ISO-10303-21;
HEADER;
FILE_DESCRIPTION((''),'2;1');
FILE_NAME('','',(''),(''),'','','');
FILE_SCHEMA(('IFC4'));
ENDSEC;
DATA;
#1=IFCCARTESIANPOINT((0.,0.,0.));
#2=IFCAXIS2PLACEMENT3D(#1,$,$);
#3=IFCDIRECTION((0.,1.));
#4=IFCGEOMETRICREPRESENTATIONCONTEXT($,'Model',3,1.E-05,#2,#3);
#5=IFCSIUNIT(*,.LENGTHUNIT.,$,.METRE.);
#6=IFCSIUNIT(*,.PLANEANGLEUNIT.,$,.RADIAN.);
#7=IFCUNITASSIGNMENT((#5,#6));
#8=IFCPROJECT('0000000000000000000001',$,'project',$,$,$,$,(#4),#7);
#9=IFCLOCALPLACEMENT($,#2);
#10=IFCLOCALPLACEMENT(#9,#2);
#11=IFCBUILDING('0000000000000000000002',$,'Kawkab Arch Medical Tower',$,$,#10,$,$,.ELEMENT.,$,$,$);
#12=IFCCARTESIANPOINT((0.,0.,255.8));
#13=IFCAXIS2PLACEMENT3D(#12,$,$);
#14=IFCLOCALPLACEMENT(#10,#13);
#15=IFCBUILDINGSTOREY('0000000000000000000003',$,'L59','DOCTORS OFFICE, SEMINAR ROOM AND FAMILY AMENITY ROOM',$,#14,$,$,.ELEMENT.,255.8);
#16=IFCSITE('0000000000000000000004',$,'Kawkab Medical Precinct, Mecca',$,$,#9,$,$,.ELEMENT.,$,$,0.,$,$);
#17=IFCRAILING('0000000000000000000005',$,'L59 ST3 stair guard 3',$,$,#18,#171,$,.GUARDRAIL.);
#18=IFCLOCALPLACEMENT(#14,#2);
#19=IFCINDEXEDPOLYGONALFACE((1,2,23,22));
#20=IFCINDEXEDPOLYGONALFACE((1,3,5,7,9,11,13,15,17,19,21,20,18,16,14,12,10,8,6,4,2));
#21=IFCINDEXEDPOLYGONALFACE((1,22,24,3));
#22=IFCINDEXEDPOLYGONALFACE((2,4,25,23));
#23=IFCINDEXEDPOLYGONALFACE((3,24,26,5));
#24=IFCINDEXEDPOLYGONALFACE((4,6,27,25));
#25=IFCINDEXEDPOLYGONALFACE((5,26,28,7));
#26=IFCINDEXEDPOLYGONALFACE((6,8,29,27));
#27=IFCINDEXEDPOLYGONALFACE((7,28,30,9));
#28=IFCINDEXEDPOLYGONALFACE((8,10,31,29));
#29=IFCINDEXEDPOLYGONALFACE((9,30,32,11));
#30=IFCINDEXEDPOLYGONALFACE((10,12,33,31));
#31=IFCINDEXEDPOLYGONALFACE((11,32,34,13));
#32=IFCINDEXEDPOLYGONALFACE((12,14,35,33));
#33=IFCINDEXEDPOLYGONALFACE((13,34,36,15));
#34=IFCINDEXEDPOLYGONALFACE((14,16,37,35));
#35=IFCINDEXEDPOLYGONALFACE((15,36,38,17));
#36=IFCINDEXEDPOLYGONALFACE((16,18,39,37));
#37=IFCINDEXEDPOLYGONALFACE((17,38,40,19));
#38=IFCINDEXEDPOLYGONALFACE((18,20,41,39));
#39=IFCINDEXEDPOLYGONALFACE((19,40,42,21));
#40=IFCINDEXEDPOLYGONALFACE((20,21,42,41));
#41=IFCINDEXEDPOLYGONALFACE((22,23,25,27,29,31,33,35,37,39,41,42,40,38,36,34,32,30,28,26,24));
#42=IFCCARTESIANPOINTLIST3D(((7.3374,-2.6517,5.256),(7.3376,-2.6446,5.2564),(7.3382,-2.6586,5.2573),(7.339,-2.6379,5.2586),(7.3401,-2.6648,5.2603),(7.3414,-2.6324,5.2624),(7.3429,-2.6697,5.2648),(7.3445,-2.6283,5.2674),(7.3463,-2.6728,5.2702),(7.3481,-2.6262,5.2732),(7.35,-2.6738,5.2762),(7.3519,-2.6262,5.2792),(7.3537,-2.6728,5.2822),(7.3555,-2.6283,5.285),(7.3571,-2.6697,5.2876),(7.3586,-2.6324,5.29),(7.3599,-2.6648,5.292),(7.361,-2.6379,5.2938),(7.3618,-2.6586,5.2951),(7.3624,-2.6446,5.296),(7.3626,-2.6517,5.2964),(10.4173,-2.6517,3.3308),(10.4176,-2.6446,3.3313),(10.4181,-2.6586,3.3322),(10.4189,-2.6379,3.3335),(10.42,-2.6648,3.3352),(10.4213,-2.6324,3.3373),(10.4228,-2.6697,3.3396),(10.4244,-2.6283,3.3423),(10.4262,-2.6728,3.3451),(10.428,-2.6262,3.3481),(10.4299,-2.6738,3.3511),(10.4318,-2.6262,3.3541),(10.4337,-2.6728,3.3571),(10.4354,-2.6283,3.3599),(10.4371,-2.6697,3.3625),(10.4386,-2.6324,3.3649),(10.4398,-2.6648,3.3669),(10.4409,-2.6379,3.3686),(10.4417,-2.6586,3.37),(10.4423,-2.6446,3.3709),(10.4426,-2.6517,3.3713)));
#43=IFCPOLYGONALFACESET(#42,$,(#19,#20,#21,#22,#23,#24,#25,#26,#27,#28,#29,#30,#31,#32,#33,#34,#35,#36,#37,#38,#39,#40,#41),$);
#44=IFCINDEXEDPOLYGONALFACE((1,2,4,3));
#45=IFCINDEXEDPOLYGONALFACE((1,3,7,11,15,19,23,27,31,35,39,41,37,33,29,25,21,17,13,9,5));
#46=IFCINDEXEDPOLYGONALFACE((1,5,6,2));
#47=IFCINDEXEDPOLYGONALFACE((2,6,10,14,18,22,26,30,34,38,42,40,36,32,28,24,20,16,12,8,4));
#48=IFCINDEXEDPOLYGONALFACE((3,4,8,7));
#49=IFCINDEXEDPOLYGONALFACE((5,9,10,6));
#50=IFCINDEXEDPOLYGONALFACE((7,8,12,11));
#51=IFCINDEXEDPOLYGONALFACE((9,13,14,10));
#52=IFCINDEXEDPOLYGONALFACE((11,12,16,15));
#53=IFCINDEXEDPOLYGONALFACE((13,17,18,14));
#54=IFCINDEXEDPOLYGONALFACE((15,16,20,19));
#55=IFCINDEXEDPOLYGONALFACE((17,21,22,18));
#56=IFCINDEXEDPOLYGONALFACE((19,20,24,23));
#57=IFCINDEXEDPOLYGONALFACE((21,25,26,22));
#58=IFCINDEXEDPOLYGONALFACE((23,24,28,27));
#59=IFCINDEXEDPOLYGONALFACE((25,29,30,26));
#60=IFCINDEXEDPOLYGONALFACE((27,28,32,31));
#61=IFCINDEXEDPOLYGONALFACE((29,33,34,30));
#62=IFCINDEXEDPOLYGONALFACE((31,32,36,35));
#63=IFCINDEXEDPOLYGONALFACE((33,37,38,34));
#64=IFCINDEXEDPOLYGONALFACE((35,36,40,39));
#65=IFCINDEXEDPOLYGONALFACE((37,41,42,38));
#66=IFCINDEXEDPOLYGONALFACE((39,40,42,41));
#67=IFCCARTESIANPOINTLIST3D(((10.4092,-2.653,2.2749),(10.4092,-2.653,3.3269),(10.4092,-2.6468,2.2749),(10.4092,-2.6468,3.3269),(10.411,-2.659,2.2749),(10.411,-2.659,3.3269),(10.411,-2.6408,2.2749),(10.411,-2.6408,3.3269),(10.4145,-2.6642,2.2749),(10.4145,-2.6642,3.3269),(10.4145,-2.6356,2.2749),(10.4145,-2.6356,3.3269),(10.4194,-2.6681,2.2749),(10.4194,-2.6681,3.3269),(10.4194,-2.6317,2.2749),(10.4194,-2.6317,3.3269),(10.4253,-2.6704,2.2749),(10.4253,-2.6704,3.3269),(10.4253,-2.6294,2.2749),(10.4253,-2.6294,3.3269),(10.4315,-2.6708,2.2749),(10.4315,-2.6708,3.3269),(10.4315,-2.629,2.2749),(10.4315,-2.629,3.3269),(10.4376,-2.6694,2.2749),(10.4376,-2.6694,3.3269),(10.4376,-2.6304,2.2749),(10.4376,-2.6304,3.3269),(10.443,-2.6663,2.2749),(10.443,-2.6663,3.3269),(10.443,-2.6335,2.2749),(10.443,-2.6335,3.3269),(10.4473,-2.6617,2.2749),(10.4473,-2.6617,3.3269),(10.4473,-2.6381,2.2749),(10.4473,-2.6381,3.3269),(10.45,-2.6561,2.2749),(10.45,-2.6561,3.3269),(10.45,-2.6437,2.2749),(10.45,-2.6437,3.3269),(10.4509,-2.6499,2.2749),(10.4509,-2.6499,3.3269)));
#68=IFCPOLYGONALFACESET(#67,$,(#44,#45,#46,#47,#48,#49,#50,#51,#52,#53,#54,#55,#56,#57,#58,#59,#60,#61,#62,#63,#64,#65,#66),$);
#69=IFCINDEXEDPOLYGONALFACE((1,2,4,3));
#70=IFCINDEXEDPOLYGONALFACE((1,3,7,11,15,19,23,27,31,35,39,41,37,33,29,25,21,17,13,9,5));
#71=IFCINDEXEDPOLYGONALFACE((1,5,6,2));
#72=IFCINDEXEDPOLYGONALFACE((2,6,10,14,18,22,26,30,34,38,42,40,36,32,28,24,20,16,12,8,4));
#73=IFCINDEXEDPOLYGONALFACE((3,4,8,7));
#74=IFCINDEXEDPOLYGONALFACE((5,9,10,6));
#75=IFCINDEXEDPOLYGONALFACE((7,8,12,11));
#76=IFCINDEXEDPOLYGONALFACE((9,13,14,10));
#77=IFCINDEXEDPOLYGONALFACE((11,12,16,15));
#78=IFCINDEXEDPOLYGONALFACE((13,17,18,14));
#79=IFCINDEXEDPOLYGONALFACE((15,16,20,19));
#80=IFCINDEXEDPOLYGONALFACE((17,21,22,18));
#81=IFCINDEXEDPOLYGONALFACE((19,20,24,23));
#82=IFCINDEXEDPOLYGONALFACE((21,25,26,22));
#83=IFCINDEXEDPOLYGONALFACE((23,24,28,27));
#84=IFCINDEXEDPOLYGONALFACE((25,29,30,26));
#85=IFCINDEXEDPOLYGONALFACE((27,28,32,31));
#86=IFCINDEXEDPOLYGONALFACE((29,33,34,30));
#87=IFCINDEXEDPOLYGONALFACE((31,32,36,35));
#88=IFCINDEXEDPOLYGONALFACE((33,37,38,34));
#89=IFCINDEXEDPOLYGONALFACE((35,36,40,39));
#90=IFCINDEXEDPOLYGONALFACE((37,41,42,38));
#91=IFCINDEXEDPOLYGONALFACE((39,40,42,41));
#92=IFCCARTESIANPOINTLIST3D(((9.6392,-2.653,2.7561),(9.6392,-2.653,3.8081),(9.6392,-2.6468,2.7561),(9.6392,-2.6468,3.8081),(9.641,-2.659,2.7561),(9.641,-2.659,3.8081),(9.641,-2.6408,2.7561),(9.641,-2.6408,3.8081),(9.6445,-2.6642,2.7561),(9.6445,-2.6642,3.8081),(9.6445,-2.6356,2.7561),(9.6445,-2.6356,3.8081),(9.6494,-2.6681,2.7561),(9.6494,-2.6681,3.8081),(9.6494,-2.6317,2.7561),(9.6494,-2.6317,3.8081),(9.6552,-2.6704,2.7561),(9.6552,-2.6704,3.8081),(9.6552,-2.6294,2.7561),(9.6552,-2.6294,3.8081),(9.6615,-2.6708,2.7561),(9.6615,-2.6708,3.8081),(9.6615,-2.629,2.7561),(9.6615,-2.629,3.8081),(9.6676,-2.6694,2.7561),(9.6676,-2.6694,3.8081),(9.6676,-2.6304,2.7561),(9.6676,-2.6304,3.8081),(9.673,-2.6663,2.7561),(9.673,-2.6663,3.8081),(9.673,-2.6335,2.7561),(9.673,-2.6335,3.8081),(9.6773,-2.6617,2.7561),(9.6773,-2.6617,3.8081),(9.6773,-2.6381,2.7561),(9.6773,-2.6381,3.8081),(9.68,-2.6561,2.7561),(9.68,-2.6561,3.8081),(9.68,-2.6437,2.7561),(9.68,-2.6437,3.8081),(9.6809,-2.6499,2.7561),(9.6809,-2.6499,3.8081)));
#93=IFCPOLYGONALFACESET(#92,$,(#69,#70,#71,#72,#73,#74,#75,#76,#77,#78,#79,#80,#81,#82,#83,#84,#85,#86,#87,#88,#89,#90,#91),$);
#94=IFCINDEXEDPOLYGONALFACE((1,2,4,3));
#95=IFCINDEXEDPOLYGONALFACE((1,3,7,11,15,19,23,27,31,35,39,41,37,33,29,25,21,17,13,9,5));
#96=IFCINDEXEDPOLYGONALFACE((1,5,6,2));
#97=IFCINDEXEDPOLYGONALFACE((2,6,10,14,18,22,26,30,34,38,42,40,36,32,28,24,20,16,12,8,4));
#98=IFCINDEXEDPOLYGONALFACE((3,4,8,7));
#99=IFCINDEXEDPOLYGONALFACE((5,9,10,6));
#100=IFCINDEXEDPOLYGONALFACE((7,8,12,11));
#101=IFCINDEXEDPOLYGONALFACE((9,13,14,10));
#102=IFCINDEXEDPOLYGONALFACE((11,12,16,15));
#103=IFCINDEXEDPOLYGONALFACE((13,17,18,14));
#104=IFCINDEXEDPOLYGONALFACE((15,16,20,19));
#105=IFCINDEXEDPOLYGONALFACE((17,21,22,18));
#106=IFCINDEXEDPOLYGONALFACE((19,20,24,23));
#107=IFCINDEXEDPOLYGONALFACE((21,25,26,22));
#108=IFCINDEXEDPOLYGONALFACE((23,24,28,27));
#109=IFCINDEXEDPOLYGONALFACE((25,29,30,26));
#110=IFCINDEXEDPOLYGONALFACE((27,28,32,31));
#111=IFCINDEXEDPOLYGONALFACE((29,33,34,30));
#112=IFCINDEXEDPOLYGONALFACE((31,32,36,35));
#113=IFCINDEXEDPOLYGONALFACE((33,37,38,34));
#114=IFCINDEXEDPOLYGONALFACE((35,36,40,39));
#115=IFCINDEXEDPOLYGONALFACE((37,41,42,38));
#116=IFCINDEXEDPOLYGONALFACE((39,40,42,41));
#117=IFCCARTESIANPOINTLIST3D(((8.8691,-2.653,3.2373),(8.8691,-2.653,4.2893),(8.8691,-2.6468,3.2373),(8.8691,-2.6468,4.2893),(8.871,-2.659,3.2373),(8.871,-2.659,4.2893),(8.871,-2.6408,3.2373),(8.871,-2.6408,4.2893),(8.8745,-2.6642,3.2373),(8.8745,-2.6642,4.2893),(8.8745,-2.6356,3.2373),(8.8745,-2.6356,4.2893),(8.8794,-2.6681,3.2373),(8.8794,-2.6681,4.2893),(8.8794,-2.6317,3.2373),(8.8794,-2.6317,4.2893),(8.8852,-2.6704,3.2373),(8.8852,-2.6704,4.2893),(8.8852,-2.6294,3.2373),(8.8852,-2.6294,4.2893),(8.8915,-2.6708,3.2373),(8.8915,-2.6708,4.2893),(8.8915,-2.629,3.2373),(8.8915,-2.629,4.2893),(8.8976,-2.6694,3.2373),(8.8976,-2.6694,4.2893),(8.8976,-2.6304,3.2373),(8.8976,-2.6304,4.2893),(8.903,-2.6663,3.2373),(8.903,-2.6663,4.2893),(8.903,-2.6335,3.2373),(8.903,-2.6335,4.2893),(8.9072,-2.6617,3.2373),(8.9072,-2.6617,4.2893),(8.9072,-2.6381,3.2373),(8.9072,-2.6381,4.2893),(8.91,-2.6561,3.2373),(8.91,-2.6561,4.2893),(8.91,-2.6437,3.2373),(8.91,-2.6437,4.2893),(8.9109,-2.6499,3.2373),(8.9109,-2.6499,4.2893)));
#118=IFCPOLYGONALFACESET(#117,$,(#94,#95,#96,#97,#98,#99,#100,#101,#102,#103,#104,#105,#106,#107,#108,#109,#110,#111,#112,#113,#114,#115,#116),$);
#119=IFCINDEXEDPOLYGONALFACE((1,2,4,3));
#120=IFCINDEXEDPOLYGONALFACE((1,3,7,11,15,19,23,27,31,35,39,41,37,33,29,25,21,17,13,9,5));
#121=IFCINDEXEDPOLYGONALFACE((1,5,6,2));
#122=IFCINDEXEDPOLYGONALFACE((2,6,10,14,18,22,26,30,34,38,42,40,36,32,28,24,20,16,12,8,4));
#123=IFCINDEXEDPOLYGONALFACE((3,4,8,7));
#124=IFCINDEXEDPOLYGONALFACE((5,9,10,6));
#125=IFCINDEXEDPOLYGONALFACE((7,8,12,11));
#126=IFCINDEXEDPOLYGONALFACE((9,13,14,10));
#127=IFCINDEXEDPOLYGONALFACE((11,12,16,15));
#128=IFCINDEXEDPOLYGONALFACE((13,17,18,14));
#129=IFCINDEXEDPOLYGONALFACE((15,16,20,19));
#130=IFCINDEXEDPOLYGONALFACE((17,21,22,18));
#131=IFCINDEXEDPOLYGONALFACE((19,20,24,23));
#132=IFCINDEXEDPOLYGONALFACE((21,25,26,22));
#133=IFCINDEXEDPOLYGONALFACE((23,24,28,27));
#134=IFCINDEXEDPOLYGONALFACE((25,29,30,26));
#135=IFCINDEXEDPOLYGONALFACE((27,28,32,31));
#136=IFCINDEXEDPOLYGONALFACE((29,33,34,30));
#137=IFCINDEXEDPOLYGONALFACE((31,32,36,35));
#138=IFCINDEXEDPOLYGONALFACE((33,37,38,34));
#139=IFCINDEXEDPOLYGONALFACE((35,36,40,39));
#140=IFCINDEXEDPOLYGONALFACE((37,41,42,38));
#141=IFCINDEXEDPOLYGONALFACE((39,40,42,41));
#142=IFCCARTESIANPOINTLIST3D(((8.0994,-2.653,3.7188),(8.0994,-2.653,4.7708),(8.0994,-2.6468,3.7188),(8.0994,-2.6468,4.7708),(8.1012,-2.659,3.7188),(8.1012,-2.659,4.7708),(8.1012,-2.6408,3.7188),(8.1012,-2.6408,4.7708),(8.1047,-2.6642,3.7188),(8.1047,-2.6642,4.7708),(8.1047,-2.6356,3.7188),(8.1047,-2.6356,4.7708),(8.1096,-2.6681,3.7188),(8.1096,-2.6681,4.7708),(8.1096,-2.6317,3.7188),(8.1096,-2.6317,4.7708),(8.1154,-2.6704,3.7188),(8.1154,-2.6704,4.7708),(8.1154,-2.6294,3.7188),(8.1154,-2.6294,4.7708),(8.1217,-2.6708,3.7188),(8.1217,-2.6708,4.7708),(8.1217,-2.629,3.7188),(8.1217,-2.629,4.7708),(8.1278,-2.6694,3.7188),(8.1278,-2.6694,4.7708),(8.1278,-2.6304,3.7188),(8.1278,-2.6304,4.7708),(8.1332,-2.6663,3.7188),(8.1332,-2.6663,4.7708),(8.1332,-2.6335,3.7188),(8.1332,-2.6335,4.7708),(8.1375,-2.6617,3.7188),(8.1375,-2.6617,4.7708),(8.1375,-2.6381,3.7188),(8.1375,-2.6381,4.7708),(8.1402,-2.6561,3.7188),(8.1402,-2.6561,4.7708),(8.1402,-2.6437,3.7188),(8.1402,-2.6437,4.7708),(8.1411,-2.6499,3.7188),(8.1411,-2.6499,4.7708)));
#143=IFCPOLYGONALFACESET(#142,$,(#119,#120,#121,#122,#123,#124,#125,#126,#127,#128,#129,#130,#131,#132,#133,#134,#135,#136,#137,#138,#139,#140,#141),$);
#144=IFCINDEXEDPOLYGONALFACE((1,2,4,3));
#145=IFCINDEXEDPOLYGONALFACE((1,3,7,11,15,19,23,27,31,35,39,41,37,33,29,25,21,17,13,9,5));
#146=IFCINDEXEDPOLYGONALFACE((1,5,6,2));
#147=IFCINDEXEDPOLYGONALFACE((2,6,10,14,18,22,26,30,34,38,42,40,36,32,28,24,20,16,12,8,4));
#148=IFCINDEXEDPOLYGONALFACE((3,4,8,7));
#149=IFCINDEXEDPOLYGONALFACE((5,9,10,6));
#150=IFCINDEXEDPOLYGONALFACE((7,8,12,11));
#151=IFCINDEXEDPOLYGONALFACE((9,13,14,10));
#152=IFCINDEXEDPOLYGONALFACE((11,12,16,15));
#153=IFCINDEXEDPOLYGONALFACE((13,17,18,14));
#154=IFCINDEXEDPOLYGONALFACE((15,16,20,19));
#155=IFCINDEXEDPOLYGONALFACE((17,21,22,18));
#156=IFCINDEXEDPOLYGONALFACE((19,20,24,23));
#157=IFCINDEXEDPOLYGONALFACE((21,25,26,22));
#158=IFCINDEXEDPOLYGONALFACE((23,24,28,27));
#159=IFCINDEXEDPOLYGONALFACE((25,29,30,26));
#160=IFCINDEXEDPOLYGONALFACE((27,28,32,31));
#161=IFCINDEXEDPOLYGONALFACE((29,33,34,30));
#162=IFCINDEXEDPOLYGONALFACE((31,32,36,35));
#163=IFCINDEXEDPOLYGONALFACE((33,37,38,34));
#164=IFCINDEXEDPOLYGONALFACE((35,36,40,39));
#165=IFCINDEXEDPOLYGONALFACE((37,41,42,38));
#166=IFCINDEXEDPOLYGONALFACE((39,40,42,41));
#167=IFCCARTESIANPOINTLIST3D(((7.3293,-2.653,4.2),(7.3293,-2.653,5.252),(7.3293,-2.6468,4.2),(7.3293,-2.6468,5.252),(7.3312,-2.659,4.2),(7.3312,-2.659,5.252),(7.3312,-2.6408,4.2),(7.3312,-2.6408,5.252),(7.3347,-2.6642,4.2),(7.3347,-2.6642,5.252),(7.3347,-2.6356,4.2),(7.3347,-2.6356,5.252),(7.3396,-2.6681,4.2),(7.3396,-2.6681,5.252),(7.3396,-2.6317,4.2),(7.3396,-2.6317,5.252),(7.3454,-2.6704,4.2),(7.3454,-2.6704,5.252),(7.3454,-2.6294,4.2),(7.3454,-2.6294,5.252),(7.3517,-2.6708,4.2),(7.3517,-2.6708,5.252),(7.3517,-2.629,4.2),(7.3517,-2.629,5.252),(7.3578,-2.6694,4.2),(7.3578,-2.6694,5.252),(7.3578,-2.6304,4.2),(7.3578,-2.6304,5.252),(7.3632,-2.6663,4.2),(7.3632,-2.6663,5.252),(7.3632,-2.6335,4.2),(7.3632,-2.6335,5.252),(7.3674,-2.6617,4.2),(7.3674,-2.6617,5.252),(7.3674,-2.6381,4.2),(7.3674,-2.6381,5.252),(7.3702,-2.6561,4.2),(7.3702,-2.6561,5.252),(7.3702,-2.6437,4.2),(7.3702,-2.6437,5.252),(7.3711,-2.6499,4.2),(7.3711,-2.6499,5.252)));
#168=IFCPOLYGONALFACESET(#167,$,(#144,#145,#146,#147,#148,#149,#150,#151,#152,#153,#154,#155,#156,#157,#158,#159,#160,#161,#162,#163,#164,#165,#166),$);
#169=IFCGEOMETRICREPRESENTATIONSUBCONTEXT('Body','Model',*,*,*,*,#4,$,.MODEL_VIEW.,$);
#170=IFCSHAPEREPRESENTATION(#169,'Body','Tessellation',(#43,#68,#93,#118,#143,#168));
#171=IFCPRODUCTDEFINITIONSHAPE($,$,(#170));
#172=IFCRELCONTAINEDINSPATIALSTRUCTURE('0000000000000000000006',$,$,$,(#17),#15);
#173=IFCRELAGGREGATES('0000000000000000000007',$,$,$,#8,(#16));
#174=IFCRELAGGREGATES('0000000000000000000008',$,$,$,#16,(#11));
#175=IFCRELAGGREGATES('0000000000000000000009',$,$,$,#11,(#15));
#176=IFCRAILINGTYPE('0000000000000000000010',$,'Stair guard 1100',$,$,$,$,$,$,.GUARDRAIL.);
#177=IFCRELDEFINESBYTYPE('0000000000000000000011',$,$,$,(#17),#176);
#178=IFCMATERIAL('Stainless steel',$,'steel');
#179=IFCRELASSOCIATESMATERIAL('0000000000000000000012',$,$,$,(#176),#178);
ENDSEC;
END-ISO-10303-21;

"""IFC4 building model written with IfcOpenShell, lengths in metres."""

from ifc_helpers import new_model, si_unit, direction, frame, origin, origin_2d, place, context, subcontext, project, spatial, circle, extrude, material, type_object, element, save


model = new_model("IFC4")

# Units and contexts
model_context = context("Model", 3, precision=1e-05, world=origin(), true_north=direction((0.0, 1.0)))
body_context = subcontext(model_context, "Body", "Model", "MODEL_VIEW")
ifc_project = project(units=[si_unit("LENGTHUNIT", "METRE"), si_unit("PLANEANGLEUNIT", "RADIAN")], contexts=[model_context])

# Site, building, storey
site_placement = place(None, origin())
site = spatial("IfcSite", under=ifc_project, at=site_placement, Name="Kawkab Medical Precinct, Mecca", CompositionType="ELEMENT", RefElevation=0.0)
building_placement = place(site_placement, origin())
building = spatial("IfcBuilding", under=site, at=building_placement, Name="Kawkab Arch Medical Tower", CompositionType="ELEMENT")
storey_placement = place(building_placement, frame((0.0, 0.0, 255.8)))
storey = spatial("IfcBuildingStorey", under=building, at=storey_placement, Name="L59", Description="DOCTORS OFFICE, SEMINAR ROOM AND FAMILY AMENITY ROOM", CompositionType="ELEMENT", Elevation=255.8)

# Railing
ifc_material_1 = material(Name="Stainless steel", Category="steel")
railing_type_1 = type_object("IfcRailingType", Name="Stair guard 1100", PredefinedType="GUARDRAIL", material=ifc_material_1)
railing_1_placement = place(storey_placement, frame((10.4299, -2.6499, 2.2749)))
element("IfcRailing", 1, at=railing_1_placement, inside=storey, type_object=railing_type_1, Name="L59 ST3 stair guard 3", PredefinedType="GUARDRAIL", context=body_context, shape_type="SweptSolid", body=[
    extrude(circle(Radius=0.0239, at=origin_2d()), frame((0.0, 0.0, 1.0762), z_axis=(-0.847979, 0.0, 0.530029), x_axis=(0.0, -1.0, 0.0)), (0.0, 0.0, 1.0), 3.6321),
    extrude(circle(Radius=0.021, at=origin_2d()), origin(), (0.0, 0.0, 1.0), 1.052),
    extrude(circle(Radius=0.021, at=origin_2d()), frame((-0.77, 0.0, 0.4812)), (0.0, 0.0, 1.0), 1.052),
    extrude(circle(Radius=0.021, at=origin_2d()), frame((-1.54, 0.0, 0.9624)), (0.0, 0.0, 1.0), 1.052),
    extrude(circle(Radius=0.021, at=origin_2d()), frame((-2.3098, 0.0, 1.4438)), (0.0, 0.0, 1.0), 1.052),
    extrude(circle(Radius=0.021, at=origin_2d()), frame((-3.0798, 0.0, 1.925)), (0.0, 0.0, 1.0), 1.052),
])

save(model, "model.ifc")
